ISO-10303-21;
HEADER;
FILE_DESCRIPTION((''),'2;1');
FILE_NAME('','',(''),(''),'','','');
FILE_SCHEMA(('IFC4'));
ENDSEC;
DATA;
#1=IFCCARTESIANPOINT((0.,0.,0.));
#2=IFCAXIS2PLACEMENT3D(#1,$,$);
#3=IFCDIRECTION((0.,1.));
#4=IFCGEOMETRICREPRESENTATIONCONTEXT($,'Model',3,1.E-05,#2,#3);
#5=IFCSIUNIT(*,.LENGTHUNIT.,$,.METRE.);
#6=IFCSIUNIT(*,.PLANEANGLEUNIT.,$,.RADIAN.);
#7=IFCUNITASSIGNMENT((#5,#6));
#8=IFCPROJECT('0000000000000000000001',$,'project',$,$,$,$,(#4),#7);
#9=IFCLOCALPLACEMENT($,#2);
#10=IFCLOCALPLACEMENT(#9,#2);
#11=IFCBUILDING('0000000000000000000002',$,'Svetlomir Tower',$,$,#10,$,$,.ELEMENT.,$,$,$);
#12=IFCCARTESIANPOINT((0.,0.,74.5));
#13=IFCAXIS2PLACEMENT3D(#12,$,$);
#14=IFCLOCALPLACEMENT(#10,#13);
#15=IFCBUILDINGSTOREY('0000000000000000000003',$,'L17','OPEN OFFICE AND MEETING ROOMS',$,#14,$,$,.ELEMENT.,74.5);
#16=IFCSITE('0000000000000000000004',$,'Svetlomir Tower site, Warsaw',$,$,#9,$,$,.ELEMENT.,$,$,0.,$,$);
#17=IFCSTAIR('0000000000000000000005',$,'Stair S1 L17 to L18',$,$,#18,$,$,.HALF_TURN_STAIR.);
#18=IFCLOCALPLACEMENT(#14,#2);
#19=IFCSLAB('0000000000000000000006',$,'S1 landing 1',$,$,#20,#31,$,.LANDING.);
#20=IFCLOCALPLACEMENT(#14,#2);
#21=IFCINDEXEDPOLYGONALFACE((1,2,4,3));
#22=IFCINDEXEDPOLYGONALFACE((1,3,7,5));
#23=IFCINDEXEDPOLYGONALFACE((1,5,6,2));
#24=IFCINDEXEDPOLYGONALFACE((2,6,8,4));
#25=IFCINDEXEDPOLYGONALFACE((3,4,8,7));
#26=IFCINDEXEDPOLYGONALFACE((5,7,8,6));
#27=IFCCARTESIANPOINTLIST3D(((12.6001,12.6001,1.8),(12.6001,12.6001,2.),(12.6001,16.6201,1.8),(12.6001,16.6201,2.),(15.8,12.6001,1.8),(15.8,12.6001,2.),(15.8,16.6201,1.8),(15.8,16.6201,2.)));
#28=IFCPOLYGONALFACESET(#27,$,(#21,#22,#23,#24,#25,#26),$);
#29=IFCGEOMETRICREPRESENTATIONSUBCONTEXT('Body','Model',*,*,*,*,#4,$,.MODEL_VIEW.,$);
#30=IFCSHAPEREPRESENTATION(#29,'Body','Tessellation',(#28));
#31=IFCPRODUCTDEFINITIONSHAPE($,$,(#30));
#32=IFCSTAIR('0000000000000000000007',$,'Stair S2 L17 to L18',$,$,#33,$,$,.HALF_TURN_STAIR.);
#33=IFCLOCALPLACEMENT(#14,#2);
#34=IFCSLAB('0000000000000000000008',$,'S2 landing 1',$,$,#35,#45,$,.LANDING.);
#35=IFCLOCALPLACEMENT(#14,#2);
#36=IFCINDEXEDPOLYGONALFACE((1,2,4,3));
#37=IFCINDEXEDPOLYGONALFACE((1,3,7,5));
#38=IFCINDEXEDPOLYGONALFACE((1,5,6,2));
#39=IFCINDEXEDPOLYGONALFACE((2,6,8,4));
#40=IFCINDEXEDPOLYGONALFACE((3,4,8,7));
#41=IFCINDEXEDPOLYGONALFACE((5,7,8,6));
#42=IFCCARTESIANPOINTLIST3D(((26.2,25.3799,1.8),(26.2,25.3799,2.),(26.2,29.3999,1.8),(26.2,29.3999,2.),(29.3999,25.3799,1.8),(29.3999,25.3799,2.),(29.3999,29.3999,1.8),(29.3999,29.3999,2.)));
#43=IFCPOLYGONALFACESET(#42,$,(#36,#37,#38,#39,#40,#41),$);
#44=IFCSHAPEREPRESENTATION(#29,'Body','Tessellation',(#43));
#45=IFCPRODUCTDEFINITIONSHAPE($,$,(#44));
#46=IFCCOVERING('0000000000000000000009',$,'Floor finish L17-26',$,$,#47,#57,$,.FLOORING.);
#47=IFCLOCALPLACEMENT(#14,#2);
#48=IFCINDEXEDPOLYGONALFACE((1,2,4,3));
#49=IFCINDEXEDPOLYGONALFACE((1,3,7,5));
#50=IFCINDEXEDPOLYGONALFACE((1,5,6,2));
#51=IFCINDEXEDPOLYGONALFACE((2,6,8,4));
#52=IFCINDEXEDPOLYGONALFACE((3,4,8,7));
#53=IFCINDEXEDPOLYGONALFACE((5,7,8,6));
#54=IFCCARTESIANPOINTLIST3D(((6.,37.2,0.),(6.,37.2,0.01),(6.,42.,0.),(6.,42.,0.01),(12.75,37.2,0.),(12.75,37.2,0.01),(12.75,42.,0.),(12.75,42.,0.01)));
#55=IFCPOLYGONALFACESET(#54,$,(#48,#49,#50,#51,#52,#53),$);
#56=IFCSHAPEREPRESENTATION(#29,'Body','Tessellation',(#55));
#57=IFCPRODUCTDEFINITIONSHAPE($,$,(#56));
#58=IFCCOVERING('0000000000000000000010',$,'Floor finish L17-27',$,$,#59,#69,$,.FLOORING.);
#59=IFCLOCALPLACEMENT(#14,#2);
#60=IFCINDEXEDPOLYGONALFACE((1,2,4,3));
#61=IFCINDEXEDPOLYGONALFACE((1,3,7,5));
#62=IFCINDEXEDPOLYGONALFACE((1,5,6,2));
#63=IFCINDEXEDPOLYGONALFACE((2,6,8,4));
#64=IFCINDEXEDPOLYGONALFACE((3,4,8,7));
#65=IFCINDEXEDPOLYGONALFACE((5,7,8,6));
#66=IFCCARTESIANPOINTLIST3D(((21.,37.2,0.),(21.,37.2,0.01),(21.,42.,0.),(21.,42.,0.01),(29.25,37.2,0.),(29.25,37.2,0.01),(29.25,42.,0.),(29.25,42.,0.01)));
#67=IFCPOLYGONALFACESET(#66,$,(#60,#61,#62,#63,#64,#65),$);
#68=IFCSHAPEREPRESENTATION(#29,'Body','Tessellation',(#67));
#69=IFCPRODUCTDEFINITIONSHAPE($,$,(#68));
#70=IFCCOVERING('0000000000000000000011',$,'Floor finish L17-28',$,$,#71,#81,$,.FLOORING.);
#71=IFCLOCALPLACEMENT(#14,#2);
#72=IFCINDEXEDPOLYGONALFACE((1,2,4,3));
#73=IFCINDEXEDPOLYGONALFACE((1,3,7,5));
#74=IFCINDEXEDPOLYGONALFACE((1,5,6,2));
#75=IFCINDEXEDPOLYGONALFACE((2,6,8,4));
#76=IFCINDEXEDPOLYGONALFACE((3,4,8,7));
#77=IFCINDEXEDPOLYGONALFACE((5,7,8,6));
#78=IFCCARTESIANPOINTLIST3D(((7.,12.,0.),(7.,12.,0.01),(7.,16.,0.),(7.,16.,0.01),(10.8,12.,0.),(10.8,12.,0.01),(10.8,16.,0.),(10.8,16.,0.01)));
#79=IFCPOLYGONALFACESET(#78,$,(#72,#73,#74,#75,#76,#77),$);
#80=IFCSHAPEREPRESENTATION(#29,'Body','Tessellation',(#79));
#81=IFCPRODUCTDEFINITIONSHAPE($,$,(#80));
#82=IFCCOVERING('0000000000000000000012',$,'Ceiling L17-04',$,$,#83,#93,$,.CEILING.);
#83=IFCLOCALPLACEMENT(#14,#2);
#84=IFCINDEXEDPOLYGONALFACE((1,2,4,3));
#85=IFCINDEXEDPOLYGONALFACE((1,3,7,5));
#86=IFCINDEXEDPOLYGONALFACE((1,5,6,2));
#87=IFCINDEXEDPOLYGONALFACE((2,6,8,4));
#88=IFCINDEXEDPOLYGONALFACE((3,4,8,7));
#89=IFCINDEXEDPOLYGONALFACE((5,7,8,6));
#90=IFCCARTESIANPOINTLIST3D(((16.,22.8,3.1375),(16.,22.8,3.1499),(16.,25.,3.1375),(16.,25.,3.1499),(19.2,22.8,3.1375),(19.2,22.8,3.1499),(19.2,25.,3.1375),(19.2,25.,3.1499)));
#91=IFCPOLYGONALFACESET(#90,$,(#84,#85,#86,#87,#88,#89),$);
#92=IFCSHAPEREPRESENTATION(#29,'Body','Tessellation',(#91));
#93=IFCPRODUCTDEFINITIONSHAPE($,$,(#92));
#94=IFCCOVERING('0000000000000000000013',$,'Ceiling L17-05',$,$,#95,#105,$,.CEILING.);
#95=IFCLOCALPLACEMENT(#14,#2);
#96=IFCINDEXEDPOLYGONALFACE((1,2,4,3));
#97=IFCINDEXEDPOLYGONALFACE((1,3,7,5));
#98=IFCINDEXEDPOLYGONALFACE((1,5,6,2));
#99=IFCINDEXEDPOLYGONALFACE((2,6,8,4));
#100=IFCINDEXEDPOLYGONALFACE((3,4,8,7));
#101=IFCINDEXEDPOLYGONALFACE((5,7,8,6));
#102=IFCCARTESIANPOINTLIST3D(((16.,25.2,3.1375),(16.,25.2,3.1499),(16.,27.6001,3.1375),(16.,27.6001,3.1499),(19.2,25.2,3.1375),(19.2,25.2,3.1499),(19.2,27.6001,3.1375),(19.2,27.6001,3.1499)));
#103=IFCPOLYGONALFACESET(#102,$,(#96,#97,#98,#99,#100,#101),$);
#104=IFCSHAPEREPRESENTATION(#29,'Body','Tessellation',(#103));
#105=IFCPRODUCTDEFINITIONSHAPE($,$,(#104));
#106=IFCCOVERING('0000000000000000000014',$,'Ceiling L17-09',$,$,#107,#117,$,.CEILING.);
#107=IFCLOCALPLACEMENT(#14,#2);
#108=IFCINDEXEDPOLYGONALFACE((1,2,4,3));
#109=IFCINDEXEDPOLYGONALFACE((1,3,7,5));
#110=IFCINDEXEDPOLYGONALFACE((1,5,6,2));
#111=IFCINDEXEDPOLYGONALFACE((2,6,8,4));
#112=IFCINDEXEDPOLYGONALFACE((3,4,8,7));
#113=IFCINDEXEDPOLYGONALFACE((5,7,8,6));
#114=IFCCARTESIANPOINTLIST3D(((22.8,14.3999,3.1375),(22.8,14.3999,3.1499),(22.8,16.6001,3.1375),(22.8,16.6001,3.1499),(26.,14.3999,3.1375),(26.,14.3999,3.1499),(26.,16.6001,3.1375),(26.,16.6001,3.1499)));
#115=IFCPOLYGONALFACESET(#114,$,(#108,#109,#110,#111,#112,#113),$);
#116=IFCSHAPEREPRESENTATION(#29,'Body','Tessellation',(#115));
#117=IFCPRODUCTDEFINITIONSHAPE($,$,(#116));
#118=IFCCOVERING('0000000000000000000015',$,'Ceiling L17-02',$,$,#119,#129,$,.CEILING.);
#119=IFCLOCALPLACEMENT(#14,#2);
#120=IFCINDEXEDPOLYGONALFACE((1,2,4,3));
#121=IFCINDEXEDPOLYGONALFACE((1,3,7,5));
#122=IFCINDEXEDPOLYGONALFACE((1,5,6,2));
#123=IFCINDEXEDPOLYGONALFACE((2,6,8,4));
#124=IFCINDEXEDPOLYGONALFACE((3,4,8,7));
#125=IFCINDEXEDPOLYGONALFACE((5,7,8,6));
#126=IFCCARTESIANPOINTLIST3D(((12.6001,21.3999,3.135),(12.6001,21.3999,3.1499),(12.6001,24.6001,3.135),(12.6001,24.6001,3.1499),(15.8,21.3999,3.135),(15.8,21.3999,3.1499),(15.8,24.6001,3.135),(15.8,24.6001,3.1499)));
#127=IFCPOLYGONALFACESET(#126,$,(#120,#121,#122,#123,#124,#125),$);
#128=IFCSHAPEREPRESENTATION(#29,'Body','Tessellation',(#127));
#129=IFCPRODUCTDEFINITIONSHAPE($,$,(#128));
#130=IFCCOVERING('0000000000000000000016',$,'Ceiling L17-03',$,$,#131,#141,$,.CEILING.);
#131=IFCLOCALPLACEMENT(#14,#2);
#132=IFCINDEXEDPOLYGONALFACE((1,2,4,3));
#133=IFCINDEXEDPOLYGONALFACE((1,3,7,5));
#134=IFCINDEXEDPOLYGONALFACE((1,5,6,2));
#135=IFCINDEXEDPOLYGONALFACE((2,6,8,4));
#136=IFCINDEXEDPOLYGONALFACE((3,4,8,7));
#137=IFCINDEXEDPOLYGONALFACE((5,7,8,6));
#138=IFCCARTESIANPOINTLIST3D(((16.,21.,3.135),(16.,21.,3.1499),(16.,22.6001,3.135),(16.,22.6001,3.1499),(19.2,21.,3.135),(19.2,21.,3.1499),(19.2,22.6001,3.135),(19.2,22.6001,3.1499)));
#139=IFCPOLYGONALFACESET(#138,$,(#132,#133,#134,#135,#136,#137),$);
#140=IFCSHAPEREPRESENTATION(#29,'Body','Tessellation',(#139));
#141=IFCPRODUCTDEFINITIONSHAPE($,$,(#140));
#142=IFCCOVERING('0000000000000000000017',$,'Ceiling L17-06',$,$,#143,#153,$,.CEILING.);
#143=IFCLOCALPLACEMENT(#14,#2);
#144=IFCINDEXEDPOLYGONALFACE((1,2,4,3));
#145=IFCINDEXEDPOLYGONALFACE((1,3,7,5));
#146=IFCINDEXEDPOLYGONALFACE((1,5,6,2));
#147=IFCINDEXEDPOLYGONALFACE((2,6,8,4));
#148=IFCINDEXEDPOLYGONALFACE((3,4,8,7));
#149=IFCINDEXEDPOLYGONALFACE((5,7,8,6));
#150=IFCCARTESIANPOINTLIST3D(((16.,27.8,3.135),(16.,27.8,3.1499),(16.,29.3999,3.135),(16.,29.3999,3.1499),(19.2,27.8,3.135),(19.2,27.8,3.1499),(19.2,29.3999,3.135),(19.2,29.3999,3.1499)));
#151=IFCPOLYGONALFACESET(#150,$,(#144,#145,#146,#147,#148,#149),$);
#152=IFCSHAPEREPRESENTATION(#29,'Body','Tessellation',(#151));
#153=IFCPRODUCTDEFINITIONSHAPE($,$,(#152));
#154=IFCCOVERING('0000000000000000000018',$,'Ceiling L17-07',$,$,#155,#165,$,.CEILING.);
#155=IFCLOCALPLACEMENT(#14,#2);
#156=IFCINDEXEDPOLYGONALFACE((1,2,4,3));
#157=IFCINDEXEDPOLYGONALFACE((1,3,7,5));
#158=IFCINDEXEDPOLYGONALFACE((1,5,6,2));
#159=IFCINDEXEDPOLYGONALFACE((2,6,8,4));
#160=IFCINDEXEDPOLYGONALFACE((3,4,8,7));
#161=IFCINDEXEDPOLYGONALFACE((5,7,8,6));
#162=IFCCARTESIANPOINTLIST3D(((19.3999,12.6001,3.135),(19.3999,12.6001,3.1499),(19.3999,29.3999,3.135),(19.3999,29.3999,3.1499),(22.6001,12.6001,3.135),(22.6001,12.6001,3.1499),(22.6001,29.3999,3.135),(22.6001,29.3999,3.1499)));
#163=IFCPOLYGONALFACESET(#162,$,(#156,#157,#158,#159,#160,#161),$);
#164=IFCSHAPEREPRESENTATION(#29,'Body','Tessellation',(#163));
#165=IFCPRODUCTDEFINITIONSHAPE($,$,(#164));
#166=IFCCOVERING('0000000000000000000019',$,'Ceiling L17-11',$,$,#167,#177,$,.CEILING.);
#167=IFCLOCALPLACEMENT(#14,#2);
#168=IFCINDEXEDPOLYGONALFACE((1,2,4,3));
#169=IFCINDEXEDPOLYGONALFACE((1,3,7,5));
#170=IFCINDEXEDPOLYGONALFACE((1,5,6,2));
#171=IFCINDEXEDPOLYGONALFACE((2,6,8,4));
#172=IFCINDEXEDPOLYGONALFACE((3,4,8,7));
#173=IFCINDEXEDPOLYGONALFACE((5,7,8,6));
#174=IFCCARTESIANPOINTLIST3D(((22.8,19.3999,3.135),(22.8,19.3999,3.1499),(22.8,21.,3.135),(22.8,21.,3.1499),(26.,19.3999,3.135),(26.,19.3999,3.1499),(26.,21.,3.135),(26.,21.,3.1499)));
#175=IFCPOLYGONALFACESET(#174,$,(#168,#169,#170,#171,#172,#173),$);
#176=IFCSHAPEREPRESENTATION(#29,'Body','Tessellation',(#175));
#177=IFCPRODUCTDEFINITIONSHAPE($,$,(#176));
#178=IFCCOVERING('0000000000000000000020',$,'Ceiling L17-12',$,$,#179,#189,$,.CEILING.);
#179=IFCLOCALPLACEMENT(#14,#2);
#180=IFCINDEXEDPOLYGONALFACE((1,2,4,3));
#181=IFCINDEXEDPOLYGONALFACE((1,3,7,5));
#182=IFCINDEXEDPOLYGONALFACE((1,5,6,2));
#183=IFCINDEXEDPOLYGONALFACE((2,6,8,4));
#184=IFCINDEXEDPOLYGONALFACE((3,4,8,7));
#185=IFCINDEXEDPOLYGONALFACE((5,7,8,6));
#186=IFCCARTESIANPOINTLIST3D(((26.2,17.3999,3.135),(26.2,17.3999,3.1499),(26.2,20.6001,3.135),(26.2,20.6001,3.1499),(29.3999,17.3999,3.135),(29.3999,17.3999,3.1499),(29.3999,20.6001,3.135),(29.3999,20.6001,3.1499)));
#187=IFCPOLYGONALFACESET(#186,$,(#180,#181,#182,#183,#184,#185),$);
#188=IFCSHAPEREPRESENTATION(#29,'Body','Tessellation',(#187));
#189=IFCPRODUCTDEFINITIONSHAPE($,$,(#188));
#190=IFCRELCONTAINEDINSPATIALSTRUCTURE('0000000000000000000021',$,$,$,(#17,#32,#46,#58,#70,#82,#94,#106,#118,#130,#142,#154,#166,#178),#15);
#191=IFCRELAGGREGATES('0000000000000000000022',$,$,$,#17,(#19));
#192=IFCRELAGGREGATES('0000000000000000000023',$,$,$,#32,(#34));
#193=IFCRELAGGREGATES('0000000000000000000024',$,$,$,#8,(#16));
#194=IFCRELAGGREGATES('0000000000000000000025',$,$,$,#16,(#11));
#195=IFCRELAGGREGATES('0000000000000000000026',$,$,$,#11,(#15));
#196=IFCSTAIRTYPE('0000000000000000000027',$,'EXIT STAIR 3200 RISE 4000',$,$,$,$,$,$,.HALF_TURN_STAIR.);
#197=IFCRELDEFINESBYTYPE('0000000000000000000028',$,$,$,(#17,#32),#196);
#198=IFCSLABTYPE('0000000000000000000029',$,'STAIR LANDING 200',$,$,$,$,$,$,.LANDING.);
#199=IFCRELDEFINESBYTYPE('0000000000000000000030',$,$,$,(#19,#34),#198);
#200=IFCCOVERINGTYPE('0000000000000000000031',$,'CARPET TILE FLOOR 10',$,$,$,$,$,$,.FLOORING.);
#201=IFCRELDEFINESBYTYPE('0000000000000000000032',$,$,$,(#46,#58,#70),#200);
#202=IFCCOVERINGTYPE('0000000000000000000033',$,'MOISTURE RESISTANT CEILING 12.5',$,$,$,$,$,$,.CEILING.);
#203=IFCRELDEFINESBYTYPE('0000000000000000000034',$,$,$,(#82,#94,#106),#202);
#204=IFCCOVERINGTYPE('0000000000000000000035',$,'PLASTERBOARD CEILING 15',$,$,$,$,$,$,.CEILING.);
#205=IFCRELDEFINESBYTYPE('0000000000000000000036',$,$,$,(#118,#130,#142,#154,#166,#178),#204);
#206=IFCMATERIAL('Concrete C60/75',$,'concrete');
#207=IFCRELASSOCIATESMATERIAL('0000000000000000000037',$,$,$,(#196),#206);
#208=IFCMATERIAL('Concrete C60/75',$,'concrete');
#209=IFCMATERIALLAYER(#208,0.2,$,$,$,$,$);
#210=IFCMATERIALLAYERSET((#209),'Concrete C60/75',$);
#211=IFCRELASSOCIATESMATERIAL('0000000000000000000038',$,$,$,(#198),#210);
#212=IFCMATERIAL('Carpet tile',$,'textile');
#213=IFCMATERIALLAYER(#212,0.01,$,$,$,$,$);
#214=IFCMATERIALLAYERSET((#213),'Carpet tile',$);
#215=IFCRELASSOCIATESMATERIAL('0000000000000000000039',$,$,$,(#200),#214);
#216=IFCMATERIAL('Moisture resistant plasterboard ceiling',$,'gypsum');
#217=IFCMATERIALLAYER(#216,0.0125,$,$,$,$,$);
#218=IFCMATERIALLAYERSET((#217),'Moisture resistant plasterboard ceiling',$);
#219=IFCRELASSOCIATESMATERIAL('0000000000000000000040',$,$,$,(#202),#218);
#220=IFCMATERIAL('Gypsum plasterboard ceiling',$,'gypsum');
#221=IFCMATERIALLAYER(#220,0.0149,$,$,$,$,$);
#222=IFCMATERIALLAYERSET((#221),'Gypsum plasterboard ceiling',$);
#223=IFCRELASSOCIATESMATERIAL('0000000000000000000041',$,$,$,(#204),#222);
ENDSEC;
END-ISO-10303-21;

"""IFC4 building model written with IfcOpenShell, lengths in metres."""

from ifc_helpers import new_model, si_unit, direction, frame, origin, place, context, subcontext, project, spatial, polyline, outline, extrude, material, layer, layer_set, type_object, element, aggregate, save


model = new_model("IFC4")

# Units and contexts
model_context = context("Model", 3, precision=1e-05, world=origin(), true_north=direction((0.0, 1.0)))
body_context = subcontext(model_context, "Body", "Model", "MODEL_VIEW")
ifc_project = project(units=[si_unit("LENGTHUNIT", "METRE"), si_unit("PLANEANGLEUNIT", "RADIAN")], contexts=[model_context])

# Site, building, storey
site_placement = place(None, origin())
site = spatial("IfcSite", under=ifc_project, at=site_placement, Name="Svetlomir Tower site, Warsaw", CompositionType="ELEMENT", RefElevation=0.0)
building_placement = place(site_placement, origin())
building = spatial("IfcBuilding", under=site, at=building_placement, Name="Svetlomir Tower", CompositionType="ELEMENT")
storey_placement = place(building_placement, frame((0.0, 0.0, 74.5)))
storey = spatial("IfcBuildingStorey", under=building, at=storey_placement, Name="L17", Description="OPEN OFFICE AND MEETING ROOMS", CompositionType="ELEMENT", Elevation=74.5)

# Stairs, slabs
ifc_material_1 = material(Name="Concrete C60/75", Category="concrete")
stair_type = type_object("IfcStairType", Name="EXIT STAIR 3200 RISE 4000", PredefinedType="HALF_TURN_STAIR", material=ifc_material_1)
stair_1_placement = place(storey_placement, origin())
stair_1 = element("IfcStair", 1, at=stair_1_placement, inside=storey, type_object=stair_type, Name="Stair S1 L17 to L18", PredefinedType="HALF_TURN_STAIR")
ifc_material_2 = material(Name="Concrete C60/75", Category="concrete")
ifc_layer_1 = layer(ifc_material_2, 0.2)
ifc_layer_set_1 = layer_set([ifc_layer_1], Name="Concrete C60/75")
slab_type = type_object("IfcSlabType", Name="STAIR LANDING 200", PredefinedType="LANDING", material=ifc_layer_set_1)
slab_1_placement = place(storey_placement, frame((0.0, 0.0, 1.8)))
slab_1 = element("IfcSlab", 2, at=slab_1_placement, type_object=slab_type, Name="S1 landing 1", PredefinedType="LANDING", context=body_context, shape_type="SweptSolid", body=[
    extrude(outline(polyline([(12.6001, 12.6001), (15.8, 12.6001), (15.8, 16.6201), (12.6001, 16.6201), (12.6001, 12.6001)])), origin(), (0.0, 0.0, 1.0), 0.2),
])
aggregate(stair_1, [slab_1])
stair_2_placement = place(storey_placement, origin())
stair_2 = element("IfcStair", 3, at=stair_2_placement, inside=storey, type_object=stair_type, Name="Stair S2 L17 to L18", PredefinedType="HALF_TURN_STAIR")
slab_2_placement = place(storey_placement, frame((0.0, 0.0, 1.8)))
slab_2 = element("IfcSlab", 4, at=slab_2_placement, type_object=slab_type, Name="S2 landing 1", PredefinedType="LANDING", context=body_context, shape_type="SweptSolid", body=[
    extrude(outline(polyline([(26.2, 25.3799), (29.3999, 25.3799), (29.3999, 29.3999), (26.2, 29.3999), (26.2, 25.3799)])), origin(), (0.0, 0.0, 1.0), 0.2),
])
aggregate(stair_2, [slab_2])

# Coverings
ifc_material_3 = material(Name="Carpet tile", Category="textile")
ifc_layer_2 = layer(ifc_material_3, 0.01)
ifc_layer_set_2 = layer_set([ifc_layer_2], Name="Carpet tile")
covering_type_1 = type_object("IfcCoveringType", Name="CARPET TILE FLOOR 10", PredefinedType="FLOORING", material=ifc_layer_set_2)
covering_1_placement = place(storey_placement, origin())
element("IfcCovering", 5, at=covering_1_placement, inside=storey, type_object=covering_type_1, Name="Floor finish L17-26", PredefinedType="FLOORING", context=body_context, shape_type="SweptSolid", body=[
    extrude(outline(polyline([(6.0, 37.2), (12.75, 37.2), (12.75, 42.0), (6.0, 42.0), (6.0, 37.2)])), origin(), (0.0, 0.0, 1.0), 0.01),
])
covering_2_placement = place(storey_placement, origin())
element("IfcCovering", 6, at=covering_2_placement, inside=storey, type_object=covering_type_1, Name="Floor finish L17-27", PredefinedType="FLOORING", context=body_context, shape_type="SweptSolid", body=[
    extrude(outline(polyline([(21.0, 37.2), (29.25, 37.2), (29.25, 42.0), (21.0, 42.0), (21.0, 37.2)])), origin(), (0.0, 0.0, 1.0), 0.01),
])
covering_3_placement = place(storey_placement, origin())
element("IfcCovering", 7, at=covering_3_placement, inside=storey, type_object=covering_type_1, Name="Floor finish L17-28", PredefinedType="FLOORING", context=body_context, shape_type="SweptSolid", body=[
    extrude(outline(polyline([(7.0, 12.0), (10.8, 12.0), (10.8, 16.0), (7.0, 16.0), (7.0, 12.0)])), origin(), (0.0, 0.0, 1.0), 0.01),
])
ifc_material_4 = material(Name="Moisture resistant plasterboard ceiling", Category="gypsum")
ifc_layer_3 = layer(ifc_material_4, 0.0125)
ifc_layer_set_3 = layer_set([ifc_layer_3], Name="Moisture resistant plasterboard ceiling")
covering_type_2 = type_object("IfcCoveringType", Name="MOISTURE RESISTANT CEILING 12.5", PredefinedType="CEILING", material=ifc_layer_set_3)
covering_4_placement = place(storey_placement, frame((0.0, 0.0, 3.1375)))
element("IfcCovering", 8, at=covering_4_placement, inside=storey, type_object=covering_type_2, Name="Ceiling L17-04", PredefinedType="CEILING", context=body_context, shape_type="SweptSolid", body=[
    extrude(outline(polyline([(16.0, 22.8), (19.2, 22.8), (19.2, 25.0), (16.0, 25.0), (16.0, 22.8)])), origin(), (0.0, 0.0, 1.0), 0.0125),
])
covering_5_placement = place(storey_placement, frame((0.0, 0.0, 3.1375)))
element("IfcCovering", 9, at=covering_5_placement, inside=storey, type_object=covering_type_2, Name="Ceiling L17-05", PredefinedType="CEILING", context=body_context, shape_type="SweptSolid", body=[
    extrude(outline(polyline([(16.0, 25.2), (19.2, 25.2), (19.2, 27.6001), (16.0, 27.6001), (16.0, 25.2)])), origin(), (0.0, 0.0, 1.0), 0.0125),
])
covering_6_placement = place(storey_placement, frame((0.0, 0.0, 3.1375)))
element("IfcCovering", 10, at=covering_6_placement, inside=storey, type_object=covering_type_2, Name="Ceiling L17-09", PredefinedType="CEILING", context=body_context, shape_type="SweptSolid", body=[
    extrude(outline(polyline([(22.8, 14.3999), (26.0, 14.3999), (26.0, 16.6001), (22.8, 16.6001), (22.8, 14.3999)])), origin(), (0.0, 0.0, 1.0), 0.0125),
])
ifc_material_5 = material(Name="Gypsum plasterboard ceiling", Category="gypsum")
ifc_layer_4 = layer(ifc_material_5, 0.0149)
ifc_layer_set_4 = layer_set([ifc_layer_4], Name="Gypsum plasterboard ceiling")
covering_type_3 = type_object("IfcCoveringType", Name="PLASTERBOARD CEILING 15", PredefinedType="CEILING", material=ifc_layer_set_4)
covering_7_placement = place(storey_placement, frame((0.0, 0.0, 3.135)))
element("IfcCovering", 11, at=covering_7_placement, inside=storey, type_object=covering_type_3, Name="Ceiling L17-02", PredefinedType="CEILING", context=body_context, shape_type="SweptSolid", body=[
    extrude(outline(polyline([(12.6001, 21.3999), (15.8, 21.3999), (15.8, 24.6001), (12.6001, 24.6001), (12.6001, 21.3999)])), origin(), (0.0, 0.0, 1.0), 0.0149),
])
covering_8_placement = place(storey_placement, frame((0.0, 0.0, 3.135)))
element("IfcCovering", 12, at=covering_8_placement, inside=storey, type_object=covering_type_3, Name="Ceiling L17-03", PredefinedType="CEILING", context=body_context, shape_type="SweptSolid", body=[
    extrude(outline(polyline([(16.0, 21.0), (19.2, 21.0), (19.2, 22.6001), (16.0, 22.6001), (16.0, 21.0)])), origin(), (0.0, 0.0, 1.0), 0.0149),
])
covering_9_placement = place(storey_placement, frame((0.0, 0.0, 3.135)))
element("IfcCovering", 13, at=covering_9_placement, inside=storey, type_object=covering_type_3, Name="Ceiling L17-06", PredefinedType="CEILING", context=body_context, shape_type="SweptSolid", body=[
    extrude(outline(polyline([(16.0, 27.8), (19.2, 27.8), (19.2, 29.3999), (16.0, 29.3999), (16.0, 27.8)])), origin(), (0.0, 0.0, 1.0), 0.0149),
])
covering_10_placement = place(storey_placement, frame((0.0, 0.0, 3.135)))
element("IfcCovering", 14, at=covering_10_placement, inside=storey, type_object=covering_type_3, Name="Ceiling L17-07", PredefinedType="CEILING", context=body_context, shape_type="SweptSolid", body=[
    extrude(outline(polyline([(19.3999, 12.6001), (22.6001, 12.6001), (22.6001, 29.3999), (19.3999, 29.3999), (19.3999, 12.6001)])), origin(), (0.0, 0.0, 1.0), 0.0149),
])
covering_11_placement = place(storey_placement, frame((0.0, 0.0, 3.135)))
element("IfcCovering", 15, at=covering_11_placement, inside=storey, type_object=covering_type_3, Name="Ceiling L17-11", PredefinedType="CEILING", context=body_context, shape_type="SweptSolid", body=[
    extrude(outline(polyline([(22.8, 19.3999), (26.0, 19.3999), (26.0, 21.0), (22.8, 21.0), (22.8, 19.3999)])), origin(), (0.0, 0.0, 1.0), 0.0149),
])
covering_12_placement = place(storey_placement, frame((0.0, 0.0, 3.135)))
element("IfcCovering", 16, at=covering_12_placement, inside=storey, type_object=covering_type_3, Name="Ceiling L17-12", PredefinedType="CEILING", context=body_context, shape_type="SweptSolid", body=[
    extrude(outline(polyline([(26.2, 17.3999), (29.3999, 17.3999), (29.3999, 20.6001), (26.2, 20.6001), (26.2, 17.3999)])), origin(), (0.0, 0.0, 1.0), 0.0149),
])

save(model, "model.ifc")
